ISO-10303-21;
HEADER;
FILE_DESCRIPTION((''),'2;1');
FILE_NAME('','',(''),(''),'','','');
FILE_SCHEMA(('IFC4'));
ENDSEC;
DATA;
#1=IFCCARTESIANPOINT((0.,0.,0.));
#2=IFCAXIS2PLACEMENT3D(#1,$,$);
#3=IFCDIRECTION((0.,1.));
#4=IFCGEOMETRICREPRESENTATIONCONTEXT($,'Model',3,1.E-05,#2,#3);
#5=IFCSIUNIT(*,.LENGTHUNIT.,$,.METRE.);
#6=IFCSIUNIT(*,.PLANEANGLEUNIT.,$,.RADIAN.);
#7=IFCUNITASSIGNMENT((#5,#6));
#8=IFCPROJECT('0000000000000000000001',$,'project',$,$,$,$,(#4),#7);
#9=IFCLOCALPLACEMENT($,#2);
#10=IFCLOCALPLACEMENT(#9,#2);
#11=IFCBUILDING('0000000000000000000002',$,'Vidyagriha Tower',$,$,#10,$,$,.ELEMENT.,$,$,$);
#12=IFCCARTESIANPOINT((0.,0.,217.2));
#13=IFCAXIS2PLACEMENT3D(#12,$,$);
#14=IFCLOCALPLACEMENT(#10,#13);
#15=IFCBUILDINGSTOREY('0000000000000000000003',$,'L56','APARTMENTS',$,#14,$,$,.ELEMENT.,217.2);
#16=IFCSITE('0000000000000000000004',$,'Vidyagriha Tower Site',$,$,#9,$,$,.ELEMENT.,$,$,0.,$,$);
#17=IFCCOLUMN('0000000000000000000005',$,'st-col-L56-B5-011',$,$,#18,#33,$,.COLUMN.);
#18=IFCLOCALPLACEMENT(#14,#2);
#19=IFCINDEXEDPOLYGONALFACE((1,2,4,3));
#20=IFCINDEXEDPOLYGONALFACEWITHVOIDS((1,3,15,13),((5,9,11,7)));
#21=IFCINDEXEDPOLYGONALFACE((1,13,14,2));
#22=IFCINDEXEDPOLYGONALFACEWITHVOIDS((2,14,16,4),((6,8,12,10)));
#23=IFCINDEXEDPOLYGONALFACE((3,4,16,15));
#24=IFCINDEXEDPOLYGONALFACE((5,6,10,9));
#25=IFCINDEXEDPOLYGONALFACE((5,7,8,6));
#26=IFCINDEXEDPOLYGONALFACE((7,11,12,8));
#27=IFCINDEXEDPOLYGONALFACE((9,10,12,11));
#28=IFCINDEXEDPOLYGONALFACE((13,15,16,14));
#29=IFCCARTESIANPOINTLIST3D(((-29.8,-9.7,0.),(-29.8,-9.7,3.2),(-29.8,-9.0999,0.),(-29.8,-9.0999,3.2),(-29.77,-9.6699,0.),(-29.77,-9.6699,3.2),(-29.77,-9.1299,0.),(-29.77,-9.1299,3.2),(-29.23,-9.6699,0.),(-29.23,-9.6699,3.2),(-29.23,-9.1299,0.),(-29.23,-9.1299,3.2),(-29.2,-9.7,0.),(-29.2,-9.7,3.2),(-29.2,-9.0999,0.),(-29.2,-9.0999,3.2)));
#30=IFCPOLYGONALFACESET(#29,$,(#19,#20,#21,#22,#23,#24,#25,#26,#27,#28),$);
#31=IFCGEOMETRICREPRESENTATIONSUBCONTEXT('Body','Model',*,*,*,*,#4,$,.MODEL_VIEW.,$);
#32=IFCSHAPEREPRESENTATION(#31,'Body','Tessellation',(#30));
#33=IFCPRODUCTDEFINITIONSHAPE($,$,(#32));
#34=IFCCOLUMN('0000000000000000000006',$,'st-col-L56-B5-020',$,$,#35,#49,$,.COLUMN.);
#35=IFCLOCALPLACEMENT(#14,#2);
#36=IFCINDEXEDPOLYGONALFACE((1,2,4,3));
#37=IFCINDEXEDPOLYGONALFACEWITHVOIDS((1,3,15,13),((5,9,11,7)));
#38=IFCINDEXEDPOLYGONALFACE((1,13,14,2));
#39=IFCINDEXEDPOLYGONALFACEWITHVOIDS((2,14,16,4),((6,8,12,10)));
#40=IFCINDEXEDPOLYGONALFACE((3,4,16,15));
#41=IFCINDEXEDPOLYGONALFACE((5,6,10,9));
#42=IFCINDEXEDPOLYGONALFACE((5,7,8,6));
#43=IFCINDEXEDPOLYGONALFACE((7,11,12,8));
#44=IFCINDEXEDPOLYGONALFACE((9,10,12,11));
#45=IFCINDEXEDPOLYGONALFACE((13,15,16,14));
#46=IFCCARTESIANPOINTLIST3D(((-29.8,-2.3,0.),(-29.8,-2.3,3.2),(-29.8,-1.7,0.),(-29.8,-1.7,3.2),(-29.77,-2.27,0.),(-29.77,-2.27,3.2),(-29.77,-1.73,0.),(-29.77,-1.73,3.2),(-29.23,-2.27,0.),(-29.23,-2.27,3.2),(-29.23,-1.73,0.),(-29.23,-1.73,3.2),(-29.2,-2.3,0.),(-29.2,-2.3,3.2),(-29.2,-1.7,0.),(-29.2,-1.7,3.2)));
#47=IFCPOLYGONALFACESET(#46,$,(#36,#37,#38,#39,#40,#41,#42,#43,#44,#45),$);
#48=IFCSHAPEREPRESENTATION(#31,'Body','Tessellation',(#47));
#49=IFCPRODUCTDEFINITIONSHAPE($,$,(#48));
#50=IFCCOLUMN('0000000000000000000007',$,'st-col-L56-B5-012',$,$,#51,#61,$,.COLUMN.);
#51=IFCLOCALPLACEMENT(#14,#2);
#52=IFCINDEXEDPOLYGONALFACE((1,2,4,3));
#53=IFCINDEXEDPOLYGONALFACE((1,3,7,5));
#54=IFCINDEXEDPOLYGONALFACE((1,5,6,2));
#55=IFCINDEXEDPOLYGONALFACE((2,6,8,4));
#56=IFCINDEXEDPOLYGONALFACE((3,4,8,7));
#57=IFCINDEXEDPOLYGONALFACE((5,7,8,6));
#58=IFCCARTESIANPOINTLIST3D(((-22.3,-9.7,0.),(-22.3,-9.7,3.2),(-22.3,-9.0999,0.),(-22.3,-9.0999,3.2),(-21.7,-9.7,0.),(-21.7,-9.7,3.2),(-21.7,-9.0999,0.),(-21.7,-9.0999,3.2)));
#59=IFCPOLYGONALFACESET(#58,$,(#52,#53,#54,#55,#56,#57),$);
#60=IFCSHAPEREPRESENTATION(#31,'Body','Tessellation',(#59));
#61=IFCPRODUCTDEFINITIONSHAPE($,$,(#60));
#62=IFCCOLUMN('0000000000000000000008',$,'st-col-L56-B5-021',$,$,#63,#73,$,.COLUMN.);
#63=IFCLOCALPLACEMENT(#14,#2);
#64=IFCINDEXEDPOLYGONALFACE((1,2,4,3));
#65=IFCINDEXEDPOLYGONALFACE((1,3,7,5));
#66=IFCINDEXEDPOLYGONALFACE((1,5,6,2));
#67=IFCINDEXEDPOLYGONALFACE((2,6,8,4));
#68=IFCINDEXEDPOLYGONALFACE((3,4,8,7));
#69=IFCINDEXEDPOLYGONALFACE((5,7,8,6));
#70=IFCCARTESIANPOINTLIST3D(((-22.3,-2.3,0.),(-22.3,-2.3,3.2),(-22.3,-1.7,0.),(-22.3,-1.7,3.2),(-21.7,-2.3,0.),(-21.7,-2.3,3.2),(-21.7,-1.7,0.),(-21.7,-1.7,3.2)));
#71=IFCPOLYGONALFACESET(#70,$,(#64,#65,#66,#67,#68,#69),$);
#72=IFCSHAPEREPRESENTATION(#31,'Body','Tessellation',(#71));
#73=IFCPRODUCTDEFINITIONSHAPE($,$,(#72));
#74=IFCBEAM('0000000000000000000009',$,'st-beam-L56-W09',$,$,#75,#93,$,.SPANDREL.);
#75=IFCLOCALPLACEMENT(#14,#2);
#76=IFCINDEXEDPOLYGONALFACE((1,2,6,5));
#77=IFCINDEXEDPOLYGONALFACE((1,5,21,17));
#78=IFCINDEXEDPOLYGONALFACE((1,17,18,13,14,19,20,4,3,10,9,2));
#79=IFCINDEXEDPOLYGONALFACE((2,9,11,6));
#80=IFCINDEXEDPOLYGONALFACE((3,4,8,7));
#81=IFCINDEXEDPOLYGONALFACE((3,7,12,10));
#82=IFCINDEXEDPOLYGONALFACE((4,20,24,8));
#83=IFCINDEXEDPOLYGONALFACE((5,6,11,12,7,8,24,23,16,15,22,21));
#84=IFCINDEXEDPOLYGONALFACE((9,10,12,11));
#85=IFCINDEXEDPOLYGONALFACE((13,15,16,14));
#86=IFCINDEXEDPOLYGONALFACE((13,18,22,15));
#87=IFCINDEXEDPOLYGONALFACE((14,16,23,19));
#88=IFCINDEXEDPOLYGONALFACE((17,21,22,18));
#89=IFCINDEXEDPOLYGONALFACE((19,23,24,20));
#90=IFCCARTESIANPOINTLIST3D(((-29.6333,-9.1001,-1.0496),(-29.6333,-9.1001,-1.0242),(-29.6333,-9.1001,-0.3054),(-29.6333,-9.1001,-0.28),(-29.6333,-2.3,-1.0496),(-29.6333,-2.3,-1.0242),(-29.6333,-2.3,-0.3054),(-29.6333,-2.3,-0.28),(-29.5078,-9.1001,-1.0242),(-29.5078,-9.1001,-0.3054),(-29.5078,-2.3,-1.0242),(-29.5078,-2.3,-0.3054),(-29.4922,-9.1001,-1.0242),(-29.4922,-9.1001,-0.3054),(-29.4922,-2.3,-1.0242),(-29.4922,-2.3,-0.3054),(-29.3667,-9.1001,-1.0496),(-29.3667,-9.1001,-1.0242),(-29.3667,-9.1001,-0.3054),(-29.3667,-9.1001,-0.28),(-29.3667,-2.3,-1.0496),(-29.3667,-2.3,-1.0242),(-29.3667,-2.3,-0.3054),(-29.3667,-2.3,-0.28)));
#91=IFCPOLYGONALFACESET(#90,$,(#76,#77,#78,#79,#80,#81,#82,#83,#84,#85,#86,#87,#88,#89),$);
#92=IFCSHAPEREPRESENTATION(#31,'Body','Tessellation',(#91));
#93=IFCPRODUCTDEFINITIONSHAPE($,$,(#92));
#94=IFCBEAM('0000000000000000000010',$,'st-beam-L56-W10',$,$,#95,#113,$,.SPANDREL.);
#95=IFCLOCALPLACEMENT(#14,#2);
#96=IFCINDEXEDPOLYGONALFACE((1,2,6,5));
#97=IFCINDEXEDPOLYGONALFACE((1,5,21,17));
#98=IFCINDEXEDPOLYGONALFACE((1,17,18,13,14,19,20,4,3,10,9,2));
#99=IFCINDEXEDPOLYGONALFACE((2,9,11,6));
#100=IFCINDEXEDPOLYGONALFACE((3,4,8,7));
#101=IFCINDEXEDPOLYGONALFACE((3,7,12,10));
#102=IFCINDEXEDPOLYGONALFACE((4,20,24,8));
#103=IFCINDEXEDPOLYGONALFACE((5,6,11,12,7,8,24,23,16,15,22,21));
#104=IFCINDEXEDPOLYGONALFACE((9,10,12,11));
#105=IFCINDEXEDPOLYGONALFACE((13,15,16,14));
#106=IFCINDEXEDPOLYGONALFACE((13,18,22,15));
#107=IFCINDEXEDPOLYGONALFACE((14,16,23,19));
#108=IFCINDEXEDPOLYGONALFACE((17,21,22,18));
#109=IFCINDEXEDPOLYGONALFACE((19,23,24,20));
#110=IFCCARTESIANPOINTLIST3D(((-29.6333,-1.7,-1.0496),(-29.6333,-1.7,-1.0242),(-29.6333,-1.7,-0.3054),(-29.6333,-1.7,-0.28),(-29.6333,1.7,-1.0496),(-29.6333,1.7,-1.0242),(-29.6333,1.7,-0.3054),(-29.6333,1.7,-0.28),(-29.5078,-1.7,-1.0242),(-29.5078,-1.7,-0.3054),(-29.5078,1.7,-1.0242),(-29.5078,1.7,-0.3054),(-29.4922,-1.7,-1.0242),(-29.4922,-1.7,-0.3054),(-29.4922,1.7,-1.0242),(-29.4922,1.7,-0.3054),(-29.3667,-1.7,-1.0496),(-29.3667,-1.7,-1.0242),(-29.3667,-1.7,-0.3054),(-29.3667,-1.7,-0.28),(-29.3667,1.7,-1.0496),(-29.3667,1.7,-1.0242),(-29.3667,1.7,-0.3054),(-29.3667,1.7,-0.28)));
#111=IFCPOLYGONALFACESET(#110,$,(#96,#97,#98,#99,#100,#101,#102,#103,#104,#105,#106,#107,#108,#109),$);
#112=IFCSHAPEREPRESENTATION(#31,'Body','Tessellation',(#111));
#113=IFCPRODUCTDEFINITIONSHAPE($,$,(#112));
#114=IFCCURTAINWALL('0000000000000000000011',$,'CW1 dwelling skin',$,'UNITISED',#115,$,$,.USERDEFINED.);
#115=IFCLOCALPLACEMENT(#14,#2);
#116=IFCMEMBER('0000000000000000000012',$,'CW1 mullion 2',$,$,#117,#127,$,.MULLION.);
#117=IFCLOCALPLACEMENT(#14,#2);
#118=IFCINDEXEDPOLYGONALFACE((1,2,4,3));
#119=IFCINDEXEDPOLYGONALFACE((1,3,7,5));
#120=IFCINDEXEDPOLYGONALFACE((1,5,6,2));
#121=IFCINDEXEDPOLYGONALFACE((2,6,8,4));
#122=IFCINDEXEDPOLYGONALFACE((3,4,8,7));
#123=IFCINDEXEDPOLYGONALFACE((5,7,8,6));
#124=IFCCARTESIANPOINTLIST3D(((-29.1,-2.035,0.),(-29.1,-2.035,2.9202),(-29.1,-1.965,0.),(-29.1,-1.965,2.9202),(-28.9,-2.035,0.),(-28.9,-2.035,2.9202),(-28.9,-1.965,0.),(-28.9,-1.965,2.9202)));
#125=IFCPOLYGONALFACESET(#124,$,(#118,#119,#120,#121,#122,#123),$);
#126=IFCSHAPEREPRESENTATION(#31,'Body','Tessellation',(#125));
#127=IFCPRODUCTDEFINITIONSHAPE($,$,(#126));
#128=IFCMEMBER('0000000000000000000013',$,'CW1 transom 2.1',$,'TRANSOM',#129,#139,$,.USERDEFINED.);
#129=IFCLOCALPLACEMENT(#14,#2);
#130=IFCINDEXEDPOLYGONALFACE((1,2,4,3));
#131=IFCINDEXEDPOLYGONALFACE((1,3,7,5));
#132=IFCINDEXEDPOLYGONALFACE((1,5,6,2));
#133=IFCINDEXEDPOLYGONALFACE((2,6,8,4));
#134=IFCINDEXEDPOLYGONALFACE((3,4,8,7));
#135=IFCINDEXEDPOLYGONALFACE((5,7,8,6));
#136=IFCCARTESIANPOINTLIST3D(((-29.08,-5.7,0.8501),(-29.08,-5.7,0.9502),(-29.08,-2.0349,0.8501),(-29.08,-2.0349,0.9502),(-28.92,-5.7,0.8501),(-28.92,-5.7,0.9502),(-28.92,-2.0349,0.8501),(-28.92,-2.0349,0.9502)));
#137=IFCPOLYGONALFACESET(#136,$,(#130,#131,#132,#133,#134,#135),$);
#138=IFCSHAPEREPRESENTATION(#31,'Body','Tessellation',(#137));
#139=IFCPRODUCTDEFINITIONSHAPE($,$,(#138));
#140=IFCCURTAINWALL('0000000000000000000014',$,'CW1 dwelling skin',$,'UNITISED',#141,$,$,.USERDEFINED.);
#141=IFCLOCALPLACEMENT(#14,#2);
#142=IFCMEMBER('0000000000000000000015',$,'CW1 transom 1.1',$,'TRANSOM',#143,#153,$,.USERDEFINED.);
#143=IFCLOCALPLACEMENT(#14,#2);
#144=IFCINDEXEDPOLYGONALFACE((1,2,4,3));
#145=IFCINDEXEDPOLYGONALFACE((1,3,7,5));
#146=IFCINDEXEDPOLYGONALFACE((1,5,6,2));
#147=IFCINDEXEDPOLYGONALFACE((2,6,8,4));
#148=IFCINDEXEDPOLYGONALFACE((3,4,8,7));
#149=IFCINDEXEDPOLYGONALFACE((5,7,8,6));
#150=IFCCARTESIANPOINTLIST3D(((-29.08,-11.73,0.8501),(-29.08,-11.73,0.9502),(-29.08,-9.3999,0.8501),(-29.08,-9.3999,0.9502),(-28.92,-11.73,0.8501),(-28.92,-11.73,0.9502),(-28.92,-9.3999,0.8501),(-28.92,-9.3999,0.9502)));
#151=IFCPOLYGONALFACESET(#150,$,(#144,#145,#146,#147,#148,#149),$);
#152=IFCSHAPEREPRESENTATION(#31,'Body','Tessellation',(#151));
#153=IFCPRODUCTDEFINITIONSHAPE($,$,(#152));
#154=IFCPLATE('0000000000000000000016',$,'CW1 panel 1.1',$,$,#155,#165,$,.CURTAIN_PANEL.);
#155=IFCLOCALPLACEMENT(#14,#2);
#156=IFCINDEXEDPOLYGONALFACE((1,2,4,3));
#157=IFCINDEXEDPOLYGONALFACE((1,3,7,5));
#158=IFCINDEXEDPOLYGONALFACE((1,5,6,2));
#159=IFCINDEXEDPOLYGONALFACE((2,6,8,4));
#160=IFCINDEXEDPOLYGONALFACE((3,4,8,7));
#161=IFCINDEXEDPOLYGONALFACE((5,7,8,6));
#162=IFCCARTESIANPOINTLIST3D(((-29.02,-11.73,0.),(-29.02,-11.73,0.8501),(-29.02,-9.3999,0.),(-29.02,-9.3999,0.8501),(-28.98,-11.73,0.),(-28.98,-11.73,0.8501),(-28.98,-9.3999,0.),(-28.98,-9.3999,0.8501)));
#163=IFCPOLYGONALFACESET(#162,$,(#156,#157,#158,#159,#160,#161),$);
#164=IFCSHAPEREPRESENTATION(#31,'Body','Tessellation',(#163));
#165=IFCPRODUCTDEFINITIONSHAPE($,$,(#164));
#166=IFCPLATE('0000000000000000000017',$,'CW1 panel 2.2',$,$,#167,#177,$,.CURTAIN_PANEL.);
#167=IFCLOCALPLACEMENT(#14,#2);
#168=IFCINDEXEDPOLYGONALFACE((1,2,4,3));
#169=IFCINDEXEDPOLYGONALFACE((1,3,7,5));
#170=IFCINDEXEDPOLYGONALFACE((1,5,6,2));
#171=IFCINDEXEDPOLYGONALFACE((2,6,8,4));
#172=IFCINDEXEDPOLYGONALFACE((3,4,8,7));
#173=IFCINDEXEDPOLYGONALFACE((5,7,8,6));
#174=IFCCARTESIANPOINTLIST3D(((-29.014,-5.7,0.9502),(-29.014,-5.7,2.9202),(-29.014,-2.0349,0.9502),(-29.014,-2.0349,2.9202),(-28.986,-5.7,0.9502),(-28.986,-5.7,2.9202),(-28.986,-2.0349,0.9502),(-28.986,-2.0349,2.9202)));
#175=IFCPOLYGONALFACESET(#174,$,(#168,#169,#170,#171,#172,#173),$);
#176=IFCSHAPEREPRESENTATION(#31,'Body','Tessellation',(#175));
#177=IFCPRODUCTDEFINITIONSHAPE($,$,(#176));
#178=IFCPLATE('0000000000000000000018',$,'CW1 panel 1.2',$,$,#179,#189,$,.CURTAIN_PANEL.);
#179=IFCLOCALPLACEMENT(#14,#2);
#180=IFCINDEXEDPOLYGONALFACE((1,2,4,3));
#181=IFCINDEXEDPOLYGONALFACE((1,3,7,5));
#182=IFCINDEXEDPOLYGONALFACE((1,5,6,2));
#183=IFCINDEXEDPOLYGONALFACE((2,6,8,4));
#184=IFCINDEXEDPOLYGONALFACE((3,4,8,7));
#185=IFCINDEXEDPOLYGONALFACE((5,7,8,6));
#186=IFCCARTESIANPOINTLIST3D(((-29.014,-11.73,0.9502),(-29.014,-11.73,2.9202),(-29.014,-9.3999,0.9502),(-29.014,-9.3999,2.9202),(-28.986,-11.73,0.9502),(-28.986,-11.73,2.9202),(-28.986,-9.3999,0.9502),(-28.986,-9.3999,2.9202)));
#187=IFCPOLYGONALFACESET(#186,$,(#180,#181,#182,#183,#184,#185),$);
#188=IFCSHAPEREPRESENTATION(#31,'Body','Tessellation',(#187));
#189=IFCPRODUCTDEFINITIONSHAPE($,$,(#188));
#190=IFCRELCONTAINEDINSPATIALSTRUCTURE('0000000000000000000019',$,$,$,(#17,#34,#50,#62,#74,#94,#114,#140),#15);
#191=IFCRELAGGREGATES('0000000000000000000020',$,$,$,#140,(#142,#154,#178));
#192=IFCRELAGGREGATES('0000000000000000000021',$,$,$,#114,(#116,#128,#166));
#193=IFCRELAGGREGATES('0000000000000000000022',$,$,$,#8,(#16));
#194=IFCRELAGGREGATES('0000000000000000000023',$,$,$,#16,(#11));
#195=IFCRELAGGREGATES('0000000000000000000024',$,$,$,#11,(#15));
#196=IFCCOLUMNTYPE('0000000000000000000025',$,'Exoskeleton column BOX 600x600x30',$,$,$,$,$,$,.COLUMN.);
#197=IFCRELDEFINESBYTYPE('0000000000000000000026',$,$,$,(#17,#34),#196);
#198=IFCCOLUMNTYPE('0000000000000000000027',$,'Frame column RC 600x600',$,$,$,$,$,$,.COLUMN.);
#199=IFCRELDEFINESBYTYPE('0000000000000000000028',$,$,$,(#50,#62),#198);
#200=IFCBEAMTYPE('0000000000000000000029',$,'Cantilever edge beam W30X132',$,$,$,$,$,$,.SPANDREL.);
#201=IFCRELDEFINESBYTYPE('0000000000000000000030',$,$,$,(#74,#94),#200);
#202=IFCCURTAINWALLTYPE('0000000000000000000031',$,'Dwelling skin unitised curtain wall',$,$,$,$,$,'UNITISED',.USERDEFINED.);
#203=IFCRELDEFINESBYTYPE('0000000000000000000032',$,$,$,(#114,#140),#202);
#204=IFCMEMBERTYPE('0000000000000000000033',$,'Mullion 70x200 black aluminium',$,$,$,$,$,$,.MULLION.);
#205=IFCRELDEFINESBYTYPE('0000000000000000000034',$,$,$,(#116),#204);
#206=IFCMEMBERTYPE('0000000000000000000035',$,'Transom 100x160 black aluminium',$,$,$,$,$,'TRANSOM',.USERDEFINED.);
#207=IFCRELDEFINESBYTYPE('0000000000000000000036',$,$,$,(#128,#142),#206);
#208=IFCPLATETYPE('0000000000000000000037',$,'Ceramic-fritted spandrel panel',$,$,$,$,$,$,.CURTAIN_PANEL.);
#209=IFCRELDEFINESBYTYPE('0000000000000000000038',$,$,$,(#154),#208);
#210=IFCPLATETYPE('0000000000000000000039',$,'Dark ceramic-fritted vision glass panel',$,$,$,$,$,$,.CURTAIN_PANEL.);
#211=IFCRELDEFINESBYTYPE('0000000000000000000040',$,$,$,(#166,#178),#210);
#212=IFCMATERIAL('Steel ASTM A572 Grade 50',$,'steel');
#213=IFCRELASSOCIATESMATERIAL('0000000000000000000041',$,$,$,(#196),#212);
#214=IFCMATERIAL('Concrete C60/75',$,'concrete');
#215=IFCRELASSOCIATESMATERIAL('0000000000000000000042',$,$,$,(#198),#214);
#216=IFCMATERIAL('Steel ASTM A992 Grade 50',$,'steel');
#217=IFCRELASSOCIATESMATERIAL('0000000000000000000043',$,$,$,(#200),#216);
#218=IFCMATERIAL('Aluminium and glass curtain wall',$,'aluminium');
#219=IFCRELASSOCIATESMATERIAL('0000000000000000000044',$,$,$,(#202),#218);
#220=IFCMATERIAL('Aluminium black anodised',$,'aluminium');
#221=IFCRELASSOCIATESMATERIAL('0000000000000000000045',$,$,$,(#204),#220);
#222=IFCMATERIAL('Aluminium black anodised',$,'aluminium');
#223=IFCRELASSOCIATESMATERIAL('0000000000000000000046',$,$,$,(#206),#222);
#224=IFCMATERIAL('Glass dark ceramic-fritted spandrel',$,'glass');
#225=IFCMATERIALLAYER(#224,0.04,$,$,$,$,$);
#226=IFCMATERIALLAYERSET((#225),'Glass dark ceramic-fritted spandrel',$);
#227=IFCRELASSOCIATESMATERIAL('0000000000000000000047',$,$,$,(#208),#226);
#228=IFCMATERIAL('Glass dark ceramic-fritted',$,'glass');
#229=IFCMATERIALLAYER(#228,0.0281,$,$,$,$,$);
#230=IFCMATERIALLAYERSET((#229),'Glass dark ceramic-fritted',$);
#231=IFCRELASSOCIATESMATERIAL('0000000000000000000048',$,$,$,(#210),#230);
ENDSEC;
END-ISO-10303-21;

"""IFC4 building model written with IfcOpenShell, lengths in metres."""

from ifc_helpers import new_model, si_unit, direction, frame, origin, origin_2d, place, context, subcontext, project, spatial, rectangle, hollow_rectangle, i_section, extrude, material, layer, layer_set, material_profile, profile_set, type_object, element, aggregate, save


model = new_model("IFC4")

# Units and contexts
model_context = context("Model", 3, precision=1e-05, world=origin(), true_north=direction((0.0, 1.0)))
body_context = subcontext(model_context, "Body", "Model", "MODEL_VIEW")
ifc_project = project(units=[si_unit("LENGTHUNIT", "METRE"), si_unit("PLANEANGLEUNIT", "RADIAN")], contexts=[model_context])

# Site, building, storey
site_placement = place(None, origin())
site = spatial("IfcSite", under=ifc_project, at=site_placement, Name="Vidyagriha Tower Site", CompositionType="ELEMENT", RefElevation=0.0)
building_placement = place(site_placement, origin())
building = spatial("IfcBuilding", under=site, at=building_placement, Name="Vidyagriha Tower", CompositionType="ELEMENT")
storey_placement = place(building_placement, frame((0.0, 0.0, 217.2)))
storey = spatial("IfcBuildingStorey", under=building, at=storey_placement, Name="L56", Description="APARTMENTS", CompositionType="ELEMENT", Elevation=217.2)

# Columns
ifc_material_1 = material(Name="Steel ASTM A572 Grade 50", Category="steel")
ifc_material_profile_1 = material_profile(ifc_material_1, hollow_rectangle(XDim=0.6001, YDim=0.6001, WallThickness=0.03, at=origin_2d()), Name="BOX 600x600x30")
ifc_profile_set_1 = profile_set([ifc_material_profile_1], Name="Steel ASTM A572 Grade 50")
column_type_1 = type_object("IfcColumnType", Name="Exoskeleton column BOX 600x600x30", PredefinedType="COLUMN", material=ifc_profile_set_1)
for number, where, name in (
    (1, (-29.5, -9.3999, 0.0), "st-col-L56-B5-011"),
    (2, (-29.5, -2.0, 0.0), "st-col-L56-B5-020"),
):
    element("IfcColumn", number, at=place(storey_placement, frame(where)), inside=storey, type_object=column_type_1, Name=name, PredefinedType="COLUMN", context=body_context, shape_type="SweptSolid", body=[
        extrude(hollow_rectangle(XDim=0.6001, YDim=0.6001, WallThickness=0.03, at=origin_2d()), origin(), (0.0, 0.0, 1.0), 3.2),
    ])
ifc_material_2 = material(Name="Concrete C60/75", Category="concrete")
ifc_material_profile_2 = material_profile(ifc_material_2, rectangle(XDim=0.6001, YDim=0.6001, at=origin_2d()), Name="RC 600x600")
ifc_profile_set_2 = profile_set([ifc_material_profile_2], Name="Concrete C60/75")
column_type_2 = type_object("IfcColumnType", Name="Frame column RC 600x600", PredefinedType="COLUMN", material=ifc_profile_set_2)
for number, where, name in (
    (3, (-22.0, -9.3999, 0.0), "st-col-L56-B5-012"),
    (4, (-22.0, -2.0, 0.0), "st-col-L56-B5-021"),
):
    element("IfcColumn", number, at=place(storey_placement, frame(where)), inside=storey, type_object=column_type_2, Name=name, PredefinedType="COLUMN", context=body_context, shape_type="SweptSolid", body=[
        extrude(rectangle(XDim=0.6001, YDim=0.6001, at=origin_2d()), origin(), (0.0, 0.0, 1.0), 3.2),
    ])

# Beams
ifc_material_3 = material(Name="Steel ASTM A992 Grade 50", Category="steel")
ifc_material_profile_3 = material_profile(ifc_material_3, i_section(OverallWidth=0.2666, OverallDepth=0.7695, WebThickness=0.0156, FlangeThickness=0.0254, at=origin_2d()), Name="W30X132")
ifc_profile_set_3 = profile_set([ifc_material_profile_3], Name="Steel ASTM A992 Grade 50")
beam_type = type_object("IfcBeamType", Name="Cantilever edge beam W30X132", PredefinedType="SPANDREL", material=ifc_profile_set_3)
beam_1_placement = place(storey_placement, frame((-29.5, -9.1001, -0.6648), z_axis=(0.0, 1.0, 0.0), x_axis=(-1.0, 0.0, 0.0)))
element("IfcBeam", 5, at=beam_1_placement, inside=storey, type_object=beam_type, Name="st-beam-L56-W09", PredefinedType="SPANDREL", context=body_context, shape_type="SweptSolid", body=[
    extrude(i_section(OverallWidth=0.2666, OverallDepth=0.7695, WebThickness=0.0156, FlangeThickness=0.0254, at=origin_2d()), origin(), (0.0, 0.0, 1.0), 6.8),
])
beam_2_placement = place(storey_placement, frame((-29.5, -1.7, -0.6648), z_axis=(0.0, 1.0, 0.0), x_axis=(-1.0, 0.0, 0.0)))
element("IfcBeam", 6, at=beam_2_placement, inside=storey, type_object=beam_type, Name="st-beam-L56-W10", PredefinedType="SPANDREL", context=body_context, shape_type="SweptSolid", body=[
    extrude(i_section(OverallWidth=0.2666, OverallDepth=0.7695, WebThickness=0.0156, FlangeThickness=0.0254, at=origin_2d()), origin(), (0.0, 0.0, 1.0), 3.3999),
])

# Curtain wall, members
ifc_material_4 = material(Name="Aluminium and glass curtain wall", Category="aluminium")
curtain_wall_type = type_object("IfcCurtainWallType", Name="Dwelling skin unitised curtain wall", ElementType="UNITISED", PredefinedType="USERDEFINED", material=ifc_material_4)
curtain_wall_1_placement = place(storey_placement, origin())
curtain_wall_1 = element("IfcCurtainWall", 7, at=curtain_wall_1_placement, inside=storey, type_object=curtain_wall_type, Name="CW1 dwelling skin", ObjectType="UNITISED", PredefinedType="USERDEFINED")
ifc_material_5 = material(Name="Aluminium black anodised", Category="aluminium")
ifc_material_profile_4 = material_profile(ifc_material_5, rectangle(XDim=0.2, YDim=0.0701, at=origin_2d()), Name="Mullion 70x200 black aluminium")
ifc_profile_set_4 = profile_set([ifc_material_profile_4], Name="Aluminium black anodised")
member_type_1 = type_object("IfcMemberType", Name="Mullion 70x200 black aluminium", PredefinedType="MULLION", material=ifc_profile_set_4)
member_1_placement = place(storey_placement, frame((-29.0, -2.0, 0.0)))
member_1 = element("IfcMember", 8, at=member_1_placement, type_object=member_type_1, Name="CW1 mullion 2", PredefinedType="MULLION", context=body_context, shape_type="SweptSolid", body=[
    extrude(rectangle(XDim=0.2, YDim=0.0701, at=origin_2d()), origin(), (0.0, 0.0, 1.0), 2.9202),
])
ifc_material_6 = material(Name="Aluminium black anodised", Category="aluminium")
ifc_material_profile_5 = material_profile(ifc_material_6, rectangle(XDim=0.1599, YDim=0.1001, at=origin_2d()), Name="Transom 100x160 black aluminium")
ifc_profile_set_5 = profile_set([ifc_material_profile_5], Name="Aluminium black anodised")
member_type_2 = type_object("IfcMemberType", Name="Transom 100x160 black aluminium", ElementType="TRANSOM", PredefinedType="USERDEFINED", material=ifc_profile_set_5)
member_2_placement = place(storey_placement, frame((-29.0, -2.0349, 0.9001), z_axis=(0.0, -1.0, 0.0), x_axis=(1.0, 0.0, 0.0)))
member_2 = element("IfcMember", 9, at=member_2_placement, type_object=member_type_2, Name="CW1 transom 2.1", ObjectType="TRANSOM", PredefinedType="USERDEFINED", context=body_context, shape_type="SweptSolid", body=[
    extrude(rectangle(XDim=0.1599, YDim=0.1001, at=origin_2d()), origin(), (0.0, 0.0, 1.0), 3.665),
])

# Curtain wall, member, plate
curtain_wall_2_placement = place(storey_placement, origin())
curtain_wall_2 = element("IfcCurtainWall", 10, at=curtain_wall_2_placement, inside=storey, type_object=curtain_wall_type, Name="CW1 dwelling skin", ObjectType="UNITISED", PredefinedType="USERDEFINED")
member_3_placement = place(storey_placement, frame((-29.0, -9.3999, 0.9001), z_axis=(0.0, -1.0, 0.0), x_axis=(1.0, 0.0, 0.0)))
member_3 = element("IfcMember", 11, at=member_3_placement, type_object=member_type_2, Name="CW1 transom 1.1", ObjectType="TRANSOM", PredefinedType="USERDEFINED", context=body_context, shape_type="SweptSolid", body=[
    extrude(rectangle(XDim=0.1599, YDim=0.1001, at=origin_2d()), origin(), (0.0, 0.0, 1.0), 2.3301),
])
ifc_material_7 = material(Name="Glass dark ceramic-fritted spandrel", Category="glass")
ifc_layer_1 = layer(ifc_material_7, 0.04)
ifc_layer_set_1 = layer_set([ifc_layer_1], Name="Glass dark ceramic-fritted spandrel")
plate_type_1 = type_object("IfcPlateType", Name="Ceramic-fritted spandrel panel", PredefinedType="CURTAIN_PANEL", material=ifc_layer_set_1)
plate_1_placement = place(storey_placement, frame((-29.0, -10.5649, 0.0), z_axis=(0.0, 0.0, 1.0), x_axis=(0.0, -1.0, 0.0)))
plate_1 = element("IfcPlate", 12, at=plate_1_placement, type_object=plate_type_1, Name="CW1 panel 1.1", PredefinedType="CURTAIN_PANEL", context=body_context, shape_type="SweptSolid", body=[
    extrude(rectangle(XDim=2.3301, YDim=0.04, at=origin_2d()), origin(), (0.0, 0.0, 1.0), 0.8501),
])

# Plates
ifc_material_8 = material(Name="Glass dark ceramic-fritted", Category="glass")
ifc_layer_2 = layer(ifc_material_8, 0.0281)
ifc_layer_set_2 = layer_set([ifc_layer_2], Name="Glass dark ceramic-fritted")
plate_type_2 = type_object("IfcPlateType", Name="Dark ceramic-fritted vision glass panel", PredefinedType="CURTAIN_PANEL", material=ifc_layer_set_2)
plate_2_placement = place(storey_placement, frame((-29.0, -3.8674, 0.9502), z_axis=(0.0, 0.0, 1.0), x_axis=(0.0, -1.0, 0.0)))
plate_2 = element("IfcPlate", 13, at=plate_2_placement, type_object=plate_type_2, Name="CW1 panel 2.2", PredefinedType="CURTAIN_PANEL", context=body_context, shape_type="SweptSolid", body=[
    extrude(rectangle(XDim=3.665, YDim=0.0281, at=origin_2d()), origin(), (0.0, 0.0, 1.0), 1.97),
])
plate_3_placement = place(storey_placement, frame((-29.0, -10.5649, 0.9502), z_axis=(0.0, 0.0, 1.0), x_axis=(0.0, -1.0, 0.0)))
plate_3 = element("IfcPlate", 14, at=plate_3_placement, type_object=plate_type_2, Name="CW1 panel 1.2", PredefinedType="CURTAIN_PANEL", context=body_context, shape_type="SweptSolid", body=[
    extrude(rectangle(XDim=2.3301, YDim=0.0281, at=origin_2d()), origin(), (0.0, 0.0, 1.0), 1.97),
])
aggregate(curtain_wall_2, [member_3, plate_1, plate_3])
aggregate(curtain_wall_1, [member_1, member_2, plate_2])

save(model, "model.ifc")
